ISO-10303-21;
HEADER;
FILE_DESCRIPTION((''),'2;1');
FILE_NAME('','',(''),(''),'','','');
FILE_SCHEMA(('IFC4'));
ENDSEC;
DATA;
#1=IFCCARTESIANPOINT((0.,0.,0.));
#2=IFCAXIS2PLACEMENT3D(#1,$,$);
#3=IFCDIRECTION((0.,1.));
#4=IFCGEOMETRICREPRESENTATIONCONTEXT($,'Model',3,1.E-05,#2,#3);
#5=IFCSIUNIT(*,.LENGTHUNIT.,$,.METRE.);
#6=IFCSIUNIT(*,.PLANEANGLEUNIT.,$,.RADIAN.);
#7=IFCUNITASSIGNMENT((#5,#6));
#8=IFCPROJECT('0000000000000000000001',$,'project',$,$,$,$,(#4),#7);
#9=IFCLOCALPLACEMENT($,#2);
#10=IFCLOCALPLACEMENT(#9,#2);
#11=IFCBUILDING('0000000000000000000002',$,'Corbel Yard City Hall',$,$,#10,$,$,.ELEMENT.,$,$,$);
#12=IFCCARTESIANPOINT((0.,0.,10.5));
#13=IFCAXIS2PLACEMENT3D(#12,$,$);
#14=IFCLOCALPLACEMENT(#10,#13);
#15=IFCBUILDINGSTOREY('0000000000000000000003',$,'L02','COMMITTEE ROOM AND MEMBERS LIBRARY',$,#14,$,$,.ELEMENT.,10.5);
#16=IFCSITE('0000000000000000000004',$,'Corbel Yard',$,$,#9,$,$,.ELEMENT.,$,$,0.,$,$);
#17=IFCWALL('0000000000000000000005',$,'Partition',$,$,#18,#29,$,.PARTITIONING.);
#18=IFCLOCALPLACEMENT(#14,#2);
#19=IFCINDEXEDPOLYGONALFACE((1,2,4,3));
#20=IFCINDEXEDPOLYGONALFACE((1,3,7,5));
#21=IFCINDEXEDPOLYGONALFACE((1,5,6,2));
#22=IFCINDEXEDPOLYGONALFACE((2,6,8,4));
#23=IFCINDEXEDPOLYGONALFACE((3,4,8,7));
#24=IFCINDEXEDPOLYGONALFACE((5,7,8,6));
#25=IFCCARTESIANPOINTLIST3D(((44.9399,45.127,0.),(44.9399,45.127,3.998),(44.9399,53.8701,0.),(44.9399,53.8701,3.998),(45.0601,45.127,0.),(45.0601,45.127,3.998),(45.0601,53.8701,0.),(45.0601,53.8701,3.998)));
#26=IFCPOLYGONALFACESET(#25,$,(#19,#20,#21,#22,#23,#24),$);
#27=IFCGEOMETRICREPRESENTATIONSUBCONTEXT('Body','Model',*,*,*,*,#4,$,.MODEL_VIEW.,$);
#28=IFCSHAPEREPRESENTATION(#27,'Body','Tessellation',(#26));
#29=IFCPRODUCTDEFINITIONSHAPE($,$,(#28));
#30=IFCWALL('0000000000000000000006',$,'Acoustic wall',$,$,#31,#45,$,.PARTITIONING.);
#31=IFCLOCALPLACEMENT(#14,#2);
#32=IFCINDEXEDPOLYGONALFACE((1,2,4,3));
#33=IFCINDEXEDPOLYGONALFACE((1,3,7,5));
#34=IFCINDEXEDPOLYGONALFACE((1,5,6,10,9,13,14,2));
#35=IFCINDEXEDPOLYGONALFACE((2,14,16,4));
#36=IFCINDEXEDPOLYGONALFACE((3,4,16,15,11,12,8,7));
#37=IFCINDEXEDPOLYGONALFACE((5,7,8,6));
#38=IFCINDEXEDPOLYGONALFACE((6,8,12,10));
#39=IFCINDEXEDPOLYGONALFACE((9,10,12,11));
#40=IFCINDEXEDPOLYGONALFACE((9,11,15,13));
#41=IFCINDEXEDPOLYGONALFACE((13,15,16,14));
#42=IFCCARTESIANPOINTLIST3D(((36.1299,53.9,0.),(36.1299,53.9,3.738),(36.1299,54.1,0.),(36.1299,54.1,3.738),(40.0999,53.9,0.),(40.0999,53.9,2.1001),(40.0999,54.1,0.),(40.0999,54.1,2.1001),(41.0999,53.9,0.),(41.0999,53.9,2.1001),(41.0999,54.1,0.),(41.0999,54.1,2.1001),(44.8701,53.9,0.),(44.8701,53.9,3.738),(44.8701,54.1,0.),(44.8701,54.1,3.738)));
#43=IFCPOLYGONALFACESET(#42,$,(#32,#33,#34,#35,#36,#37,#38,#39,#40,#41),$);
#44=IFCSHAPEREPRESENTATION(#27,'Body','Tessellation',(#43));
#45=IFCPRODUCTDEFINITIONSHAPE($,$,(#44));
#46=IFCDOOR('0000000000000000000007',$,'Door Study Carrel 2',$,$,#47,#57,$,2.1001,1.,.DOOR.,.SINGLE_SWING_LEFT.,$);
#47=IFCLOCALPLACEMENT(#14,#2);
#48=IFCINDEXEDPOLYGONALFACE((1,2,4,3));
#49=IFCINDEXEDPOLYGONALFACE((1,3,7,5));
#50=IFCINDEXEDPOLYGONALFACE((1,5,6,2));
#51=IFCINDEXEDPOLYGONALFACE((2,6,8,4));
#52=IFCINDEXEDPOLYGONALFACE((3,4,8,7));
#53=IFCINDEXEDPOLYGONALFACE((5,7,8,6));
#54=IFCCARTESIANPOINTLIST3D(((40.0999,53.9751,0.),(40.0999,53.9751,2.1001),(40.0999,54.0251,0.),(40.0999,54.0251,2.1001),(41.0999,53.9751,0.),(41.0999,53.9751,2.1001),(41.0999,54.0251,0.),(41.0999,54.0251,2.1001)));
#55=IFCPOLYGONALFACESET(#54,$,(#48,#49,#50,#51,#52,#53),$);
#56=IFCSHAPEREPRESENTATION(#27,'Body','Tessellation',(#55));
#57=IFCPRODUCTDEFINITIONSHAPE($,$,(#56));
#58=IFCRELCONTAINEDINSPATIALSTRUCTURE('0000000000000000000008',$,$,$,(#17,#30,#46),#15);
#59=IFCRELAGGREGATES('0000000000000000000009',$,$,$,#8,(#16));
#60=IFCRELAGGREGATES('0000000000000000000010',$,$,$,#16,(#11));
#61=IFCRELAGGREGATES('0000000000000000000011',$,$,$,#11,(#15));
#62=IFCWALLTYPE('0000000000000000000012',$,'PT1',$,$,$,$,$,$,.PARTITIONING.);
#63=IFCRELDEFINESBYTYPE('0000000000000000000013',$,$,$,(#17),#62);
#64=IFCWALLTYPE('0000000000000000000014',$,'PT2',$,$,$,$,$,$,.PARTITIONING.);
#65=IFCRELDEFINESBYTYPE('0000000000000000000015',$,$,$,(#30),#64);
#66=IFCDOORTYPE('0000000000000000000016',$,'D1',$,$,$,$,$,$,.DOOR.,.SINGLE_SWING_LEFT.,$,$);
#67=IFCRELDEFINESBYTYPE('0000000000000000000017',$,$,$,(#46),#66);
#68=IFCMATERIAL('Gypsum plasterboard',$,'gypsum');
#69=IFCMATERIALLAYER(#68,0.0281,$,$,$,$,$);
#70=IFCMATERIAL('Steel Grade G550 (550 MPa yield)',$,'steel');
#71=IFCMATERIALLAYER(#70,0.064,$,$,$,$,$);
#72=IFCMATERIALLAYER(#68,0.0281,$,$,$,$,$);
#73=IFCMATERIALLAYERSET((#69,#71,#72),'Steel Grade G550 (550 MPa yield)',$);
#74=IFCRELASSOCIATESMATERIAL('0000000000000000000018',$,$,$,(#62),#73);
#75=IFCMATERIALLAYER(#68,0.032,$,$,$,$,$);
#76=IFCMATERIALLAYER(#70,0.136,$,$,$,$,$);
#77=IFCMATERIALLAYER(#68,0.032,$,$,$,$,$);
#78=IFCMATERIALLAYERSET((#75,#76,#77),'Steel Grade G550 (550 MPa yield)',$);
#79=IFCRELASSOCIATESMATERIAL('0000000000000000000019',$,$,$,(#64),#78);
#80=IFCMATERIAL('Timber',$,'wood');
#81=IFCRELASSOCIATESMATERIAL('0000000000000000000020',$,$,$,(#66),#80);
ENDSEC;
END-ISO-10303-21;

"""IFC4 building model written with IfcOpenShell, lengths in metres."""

from ifc_helpers import new_model, si_unit, direction, frame, frame_2d, origin, place, context, subcontext, project, spatial, rectangle, extrude, material, layer, layer_set, type_object, element, fill, save


model = new_model("IFC4")

# Units and contexts
model_context = context("Model", 3, precision=1e-05, world=origin(), true_north=direction((0.0, 1.0)))
body_context = subcontext(model_context, "Body", "Model", "MODEL_VIEW")
ifc_project = project(units=[si_unit("LENGTHUNIT", "METRE"), si_unit("PLANEANGLEUNIT", "RADIAN")], contexts=[model_context])

# Site, building, storey
site_placement = place(None, origin())
site = spatial("IfcSite", under=ifc_project, at=site_placement, Name="Corbel Yard", CompositionType="ELEMENT", RefElevation=0.0)
building_placement = place(site_placement, origin())
building = spatial("IfcBuilding", under=site, at=building_placement, Name="Corbel Yard City Hall", CompositionType="ELEMENT")
storey_placement = place(building_placement, frame((0.0, 0.0, 10.5)))
storey = spatial("IfcBuildingStorey", under=building, at=storey_placement, Name="L02", Description="COMMITTEE ROOM AND MEMBERS LIBRARY", CompositionType="ELEMENT", Elevation=10.5)

# Wall
ifc_material_1 = material(Name="Gypsum plasterboard", Category="gypsum")
ifc_layer_1 = layer(ifc_material_1, 0.0281)
ifc_material_2 = material(Name="Steel Grade G550 (550 MPa yield)", Category="steel")
ifc_layer_2 = layer(ifc_material_2, 0.064)
ifc_layer_3 = layer(ifc_material_1, 0.0281)
ifc_layer_set_1 = layer_set([ifc_layer_1, ifc_layer_2, ifc_layer_3], Name="Steel Grade G550 (550 MPa yield)")
wall_type_1 = type_object("IfcWallType", Name="PT1", PredefinedType="PARTITIONING", material=ifc_layer_set_1)
for number, where, z_axis, x_axis, name in (
    (1, (45.0, 45.127, 0.0), (0.0, 0.0, 1.0), (0.0, 1.0, 0.0), "Partition"),
):
    element("IfcWall", number, at=place(storey_placement, frame(where, z_axis=z_axis, x_axis=x_axis)), inside=storey, type_object=wall_type_1, Name=name, PredefinedType="PARTITIONING", context=body_context, shape_type="SweptSolid", body=[
        extrude(rectangle(XDim=8.7432, YDim=0.1201, at=frame_2d((4.3716, 0.0))), origin(), (0.0, 0.0, 1.0), 3.998),
    ])

# Wall, opening, door
ifc_layer_4 = layer(ifc_material_1, 0.032)
ifc_layer_5 = layer(ifc_material_2, 0.136)
ifc_layer_6 = layer(ifc_material_1, 0.032)
ifc_layer_set_2 = layer_set([ifc_layer_4, ifc_layer_5, ifc_layer_6], Name="Steel Grade G550 (550 MPa yield)")
wall_type_2 = type_object("IfcWallType", Name="PT2", PredefinedType="PARTITIONING", material=ifc_layer_set_2)
wall_1_placement = place(storey_placement, frame((36.1299, 54.0, 0.0), z_axis=(0.0, 0.0, 1.0), x_axis=(1.0, 0.0, 0.0)))
wall_1 = element("IfcWall", 2, at=wall_1_placement, inside=storey, type_object=wall_type_2, Name="Acoustic wall", PredefinedType="PARTITIONING", context=body_context, shape_type="SweptSolid", body=[
    extrude(rectangle(XDim=8.7402, YDim=0.2, at=frame_2d((4.3701, 0.0))), origin(), (0.0, 0.0, 1.0), 3.738),
])
opening_1_placement = place(wall_1_placement, frame((3.97, 0.0, 0.0)))
opening_1 = element("IfcOpeningElement", 3, at=opening_1_placement, cuts=wall_1, PredefinedType="OPENING", context=body_context, shape_type="SweptSolid", body=[
    extrude(rectangle(XDim=1.0, YDim=2.1001, at=frame_2d((0.5, 1.05))), frame((0.0, 0.1099, 0.0), z_axis=(0.0, -1.0, 0.0), x_axis=(1.0, 0.0, 0.0)), (0.0, 0.0, 1.0), 0.22),
])
ifc_material_3 = material(Name="Timber", Category="wood")
door_type = type_object("IfcDoorType", Name="D1", OperationType="SINGLE_SWING_LEFT", PredefinedType="DOOR", material=ifc_material_3)
door_placement = place(opening_1_placement, frame((1.0, 0.0, 0.0), z_axis=(0.0, 0.0, 1.0), x_axis=(-1.0, 0.0, 0.0)))
door = element("IfcDoor", 4, at=door_placement, inside=storey, type_object=door_type, Name="Door Study Carrel 2", OperationType="SINGLE_SWING_LEFT", OverallHeight=2.1001, OverallWidth=1.0, PredefinedType="DOOR", context=body_context, shape_type="SweptSolid", body=[
    extrude(rectangle(XDim=1.0, YDim=2.1001, at=frame_2d((0.5, 1.05))), frame((0.0, 0.0249, 0.0), z_axis=(0.0, -1.0, 0.0), x_axis=(1.0, 0.0, 0.0)), (0.0, 0.0, 1.0), 0.05),
])
fill(opening_1, door)

save(model, "model.ifc")
